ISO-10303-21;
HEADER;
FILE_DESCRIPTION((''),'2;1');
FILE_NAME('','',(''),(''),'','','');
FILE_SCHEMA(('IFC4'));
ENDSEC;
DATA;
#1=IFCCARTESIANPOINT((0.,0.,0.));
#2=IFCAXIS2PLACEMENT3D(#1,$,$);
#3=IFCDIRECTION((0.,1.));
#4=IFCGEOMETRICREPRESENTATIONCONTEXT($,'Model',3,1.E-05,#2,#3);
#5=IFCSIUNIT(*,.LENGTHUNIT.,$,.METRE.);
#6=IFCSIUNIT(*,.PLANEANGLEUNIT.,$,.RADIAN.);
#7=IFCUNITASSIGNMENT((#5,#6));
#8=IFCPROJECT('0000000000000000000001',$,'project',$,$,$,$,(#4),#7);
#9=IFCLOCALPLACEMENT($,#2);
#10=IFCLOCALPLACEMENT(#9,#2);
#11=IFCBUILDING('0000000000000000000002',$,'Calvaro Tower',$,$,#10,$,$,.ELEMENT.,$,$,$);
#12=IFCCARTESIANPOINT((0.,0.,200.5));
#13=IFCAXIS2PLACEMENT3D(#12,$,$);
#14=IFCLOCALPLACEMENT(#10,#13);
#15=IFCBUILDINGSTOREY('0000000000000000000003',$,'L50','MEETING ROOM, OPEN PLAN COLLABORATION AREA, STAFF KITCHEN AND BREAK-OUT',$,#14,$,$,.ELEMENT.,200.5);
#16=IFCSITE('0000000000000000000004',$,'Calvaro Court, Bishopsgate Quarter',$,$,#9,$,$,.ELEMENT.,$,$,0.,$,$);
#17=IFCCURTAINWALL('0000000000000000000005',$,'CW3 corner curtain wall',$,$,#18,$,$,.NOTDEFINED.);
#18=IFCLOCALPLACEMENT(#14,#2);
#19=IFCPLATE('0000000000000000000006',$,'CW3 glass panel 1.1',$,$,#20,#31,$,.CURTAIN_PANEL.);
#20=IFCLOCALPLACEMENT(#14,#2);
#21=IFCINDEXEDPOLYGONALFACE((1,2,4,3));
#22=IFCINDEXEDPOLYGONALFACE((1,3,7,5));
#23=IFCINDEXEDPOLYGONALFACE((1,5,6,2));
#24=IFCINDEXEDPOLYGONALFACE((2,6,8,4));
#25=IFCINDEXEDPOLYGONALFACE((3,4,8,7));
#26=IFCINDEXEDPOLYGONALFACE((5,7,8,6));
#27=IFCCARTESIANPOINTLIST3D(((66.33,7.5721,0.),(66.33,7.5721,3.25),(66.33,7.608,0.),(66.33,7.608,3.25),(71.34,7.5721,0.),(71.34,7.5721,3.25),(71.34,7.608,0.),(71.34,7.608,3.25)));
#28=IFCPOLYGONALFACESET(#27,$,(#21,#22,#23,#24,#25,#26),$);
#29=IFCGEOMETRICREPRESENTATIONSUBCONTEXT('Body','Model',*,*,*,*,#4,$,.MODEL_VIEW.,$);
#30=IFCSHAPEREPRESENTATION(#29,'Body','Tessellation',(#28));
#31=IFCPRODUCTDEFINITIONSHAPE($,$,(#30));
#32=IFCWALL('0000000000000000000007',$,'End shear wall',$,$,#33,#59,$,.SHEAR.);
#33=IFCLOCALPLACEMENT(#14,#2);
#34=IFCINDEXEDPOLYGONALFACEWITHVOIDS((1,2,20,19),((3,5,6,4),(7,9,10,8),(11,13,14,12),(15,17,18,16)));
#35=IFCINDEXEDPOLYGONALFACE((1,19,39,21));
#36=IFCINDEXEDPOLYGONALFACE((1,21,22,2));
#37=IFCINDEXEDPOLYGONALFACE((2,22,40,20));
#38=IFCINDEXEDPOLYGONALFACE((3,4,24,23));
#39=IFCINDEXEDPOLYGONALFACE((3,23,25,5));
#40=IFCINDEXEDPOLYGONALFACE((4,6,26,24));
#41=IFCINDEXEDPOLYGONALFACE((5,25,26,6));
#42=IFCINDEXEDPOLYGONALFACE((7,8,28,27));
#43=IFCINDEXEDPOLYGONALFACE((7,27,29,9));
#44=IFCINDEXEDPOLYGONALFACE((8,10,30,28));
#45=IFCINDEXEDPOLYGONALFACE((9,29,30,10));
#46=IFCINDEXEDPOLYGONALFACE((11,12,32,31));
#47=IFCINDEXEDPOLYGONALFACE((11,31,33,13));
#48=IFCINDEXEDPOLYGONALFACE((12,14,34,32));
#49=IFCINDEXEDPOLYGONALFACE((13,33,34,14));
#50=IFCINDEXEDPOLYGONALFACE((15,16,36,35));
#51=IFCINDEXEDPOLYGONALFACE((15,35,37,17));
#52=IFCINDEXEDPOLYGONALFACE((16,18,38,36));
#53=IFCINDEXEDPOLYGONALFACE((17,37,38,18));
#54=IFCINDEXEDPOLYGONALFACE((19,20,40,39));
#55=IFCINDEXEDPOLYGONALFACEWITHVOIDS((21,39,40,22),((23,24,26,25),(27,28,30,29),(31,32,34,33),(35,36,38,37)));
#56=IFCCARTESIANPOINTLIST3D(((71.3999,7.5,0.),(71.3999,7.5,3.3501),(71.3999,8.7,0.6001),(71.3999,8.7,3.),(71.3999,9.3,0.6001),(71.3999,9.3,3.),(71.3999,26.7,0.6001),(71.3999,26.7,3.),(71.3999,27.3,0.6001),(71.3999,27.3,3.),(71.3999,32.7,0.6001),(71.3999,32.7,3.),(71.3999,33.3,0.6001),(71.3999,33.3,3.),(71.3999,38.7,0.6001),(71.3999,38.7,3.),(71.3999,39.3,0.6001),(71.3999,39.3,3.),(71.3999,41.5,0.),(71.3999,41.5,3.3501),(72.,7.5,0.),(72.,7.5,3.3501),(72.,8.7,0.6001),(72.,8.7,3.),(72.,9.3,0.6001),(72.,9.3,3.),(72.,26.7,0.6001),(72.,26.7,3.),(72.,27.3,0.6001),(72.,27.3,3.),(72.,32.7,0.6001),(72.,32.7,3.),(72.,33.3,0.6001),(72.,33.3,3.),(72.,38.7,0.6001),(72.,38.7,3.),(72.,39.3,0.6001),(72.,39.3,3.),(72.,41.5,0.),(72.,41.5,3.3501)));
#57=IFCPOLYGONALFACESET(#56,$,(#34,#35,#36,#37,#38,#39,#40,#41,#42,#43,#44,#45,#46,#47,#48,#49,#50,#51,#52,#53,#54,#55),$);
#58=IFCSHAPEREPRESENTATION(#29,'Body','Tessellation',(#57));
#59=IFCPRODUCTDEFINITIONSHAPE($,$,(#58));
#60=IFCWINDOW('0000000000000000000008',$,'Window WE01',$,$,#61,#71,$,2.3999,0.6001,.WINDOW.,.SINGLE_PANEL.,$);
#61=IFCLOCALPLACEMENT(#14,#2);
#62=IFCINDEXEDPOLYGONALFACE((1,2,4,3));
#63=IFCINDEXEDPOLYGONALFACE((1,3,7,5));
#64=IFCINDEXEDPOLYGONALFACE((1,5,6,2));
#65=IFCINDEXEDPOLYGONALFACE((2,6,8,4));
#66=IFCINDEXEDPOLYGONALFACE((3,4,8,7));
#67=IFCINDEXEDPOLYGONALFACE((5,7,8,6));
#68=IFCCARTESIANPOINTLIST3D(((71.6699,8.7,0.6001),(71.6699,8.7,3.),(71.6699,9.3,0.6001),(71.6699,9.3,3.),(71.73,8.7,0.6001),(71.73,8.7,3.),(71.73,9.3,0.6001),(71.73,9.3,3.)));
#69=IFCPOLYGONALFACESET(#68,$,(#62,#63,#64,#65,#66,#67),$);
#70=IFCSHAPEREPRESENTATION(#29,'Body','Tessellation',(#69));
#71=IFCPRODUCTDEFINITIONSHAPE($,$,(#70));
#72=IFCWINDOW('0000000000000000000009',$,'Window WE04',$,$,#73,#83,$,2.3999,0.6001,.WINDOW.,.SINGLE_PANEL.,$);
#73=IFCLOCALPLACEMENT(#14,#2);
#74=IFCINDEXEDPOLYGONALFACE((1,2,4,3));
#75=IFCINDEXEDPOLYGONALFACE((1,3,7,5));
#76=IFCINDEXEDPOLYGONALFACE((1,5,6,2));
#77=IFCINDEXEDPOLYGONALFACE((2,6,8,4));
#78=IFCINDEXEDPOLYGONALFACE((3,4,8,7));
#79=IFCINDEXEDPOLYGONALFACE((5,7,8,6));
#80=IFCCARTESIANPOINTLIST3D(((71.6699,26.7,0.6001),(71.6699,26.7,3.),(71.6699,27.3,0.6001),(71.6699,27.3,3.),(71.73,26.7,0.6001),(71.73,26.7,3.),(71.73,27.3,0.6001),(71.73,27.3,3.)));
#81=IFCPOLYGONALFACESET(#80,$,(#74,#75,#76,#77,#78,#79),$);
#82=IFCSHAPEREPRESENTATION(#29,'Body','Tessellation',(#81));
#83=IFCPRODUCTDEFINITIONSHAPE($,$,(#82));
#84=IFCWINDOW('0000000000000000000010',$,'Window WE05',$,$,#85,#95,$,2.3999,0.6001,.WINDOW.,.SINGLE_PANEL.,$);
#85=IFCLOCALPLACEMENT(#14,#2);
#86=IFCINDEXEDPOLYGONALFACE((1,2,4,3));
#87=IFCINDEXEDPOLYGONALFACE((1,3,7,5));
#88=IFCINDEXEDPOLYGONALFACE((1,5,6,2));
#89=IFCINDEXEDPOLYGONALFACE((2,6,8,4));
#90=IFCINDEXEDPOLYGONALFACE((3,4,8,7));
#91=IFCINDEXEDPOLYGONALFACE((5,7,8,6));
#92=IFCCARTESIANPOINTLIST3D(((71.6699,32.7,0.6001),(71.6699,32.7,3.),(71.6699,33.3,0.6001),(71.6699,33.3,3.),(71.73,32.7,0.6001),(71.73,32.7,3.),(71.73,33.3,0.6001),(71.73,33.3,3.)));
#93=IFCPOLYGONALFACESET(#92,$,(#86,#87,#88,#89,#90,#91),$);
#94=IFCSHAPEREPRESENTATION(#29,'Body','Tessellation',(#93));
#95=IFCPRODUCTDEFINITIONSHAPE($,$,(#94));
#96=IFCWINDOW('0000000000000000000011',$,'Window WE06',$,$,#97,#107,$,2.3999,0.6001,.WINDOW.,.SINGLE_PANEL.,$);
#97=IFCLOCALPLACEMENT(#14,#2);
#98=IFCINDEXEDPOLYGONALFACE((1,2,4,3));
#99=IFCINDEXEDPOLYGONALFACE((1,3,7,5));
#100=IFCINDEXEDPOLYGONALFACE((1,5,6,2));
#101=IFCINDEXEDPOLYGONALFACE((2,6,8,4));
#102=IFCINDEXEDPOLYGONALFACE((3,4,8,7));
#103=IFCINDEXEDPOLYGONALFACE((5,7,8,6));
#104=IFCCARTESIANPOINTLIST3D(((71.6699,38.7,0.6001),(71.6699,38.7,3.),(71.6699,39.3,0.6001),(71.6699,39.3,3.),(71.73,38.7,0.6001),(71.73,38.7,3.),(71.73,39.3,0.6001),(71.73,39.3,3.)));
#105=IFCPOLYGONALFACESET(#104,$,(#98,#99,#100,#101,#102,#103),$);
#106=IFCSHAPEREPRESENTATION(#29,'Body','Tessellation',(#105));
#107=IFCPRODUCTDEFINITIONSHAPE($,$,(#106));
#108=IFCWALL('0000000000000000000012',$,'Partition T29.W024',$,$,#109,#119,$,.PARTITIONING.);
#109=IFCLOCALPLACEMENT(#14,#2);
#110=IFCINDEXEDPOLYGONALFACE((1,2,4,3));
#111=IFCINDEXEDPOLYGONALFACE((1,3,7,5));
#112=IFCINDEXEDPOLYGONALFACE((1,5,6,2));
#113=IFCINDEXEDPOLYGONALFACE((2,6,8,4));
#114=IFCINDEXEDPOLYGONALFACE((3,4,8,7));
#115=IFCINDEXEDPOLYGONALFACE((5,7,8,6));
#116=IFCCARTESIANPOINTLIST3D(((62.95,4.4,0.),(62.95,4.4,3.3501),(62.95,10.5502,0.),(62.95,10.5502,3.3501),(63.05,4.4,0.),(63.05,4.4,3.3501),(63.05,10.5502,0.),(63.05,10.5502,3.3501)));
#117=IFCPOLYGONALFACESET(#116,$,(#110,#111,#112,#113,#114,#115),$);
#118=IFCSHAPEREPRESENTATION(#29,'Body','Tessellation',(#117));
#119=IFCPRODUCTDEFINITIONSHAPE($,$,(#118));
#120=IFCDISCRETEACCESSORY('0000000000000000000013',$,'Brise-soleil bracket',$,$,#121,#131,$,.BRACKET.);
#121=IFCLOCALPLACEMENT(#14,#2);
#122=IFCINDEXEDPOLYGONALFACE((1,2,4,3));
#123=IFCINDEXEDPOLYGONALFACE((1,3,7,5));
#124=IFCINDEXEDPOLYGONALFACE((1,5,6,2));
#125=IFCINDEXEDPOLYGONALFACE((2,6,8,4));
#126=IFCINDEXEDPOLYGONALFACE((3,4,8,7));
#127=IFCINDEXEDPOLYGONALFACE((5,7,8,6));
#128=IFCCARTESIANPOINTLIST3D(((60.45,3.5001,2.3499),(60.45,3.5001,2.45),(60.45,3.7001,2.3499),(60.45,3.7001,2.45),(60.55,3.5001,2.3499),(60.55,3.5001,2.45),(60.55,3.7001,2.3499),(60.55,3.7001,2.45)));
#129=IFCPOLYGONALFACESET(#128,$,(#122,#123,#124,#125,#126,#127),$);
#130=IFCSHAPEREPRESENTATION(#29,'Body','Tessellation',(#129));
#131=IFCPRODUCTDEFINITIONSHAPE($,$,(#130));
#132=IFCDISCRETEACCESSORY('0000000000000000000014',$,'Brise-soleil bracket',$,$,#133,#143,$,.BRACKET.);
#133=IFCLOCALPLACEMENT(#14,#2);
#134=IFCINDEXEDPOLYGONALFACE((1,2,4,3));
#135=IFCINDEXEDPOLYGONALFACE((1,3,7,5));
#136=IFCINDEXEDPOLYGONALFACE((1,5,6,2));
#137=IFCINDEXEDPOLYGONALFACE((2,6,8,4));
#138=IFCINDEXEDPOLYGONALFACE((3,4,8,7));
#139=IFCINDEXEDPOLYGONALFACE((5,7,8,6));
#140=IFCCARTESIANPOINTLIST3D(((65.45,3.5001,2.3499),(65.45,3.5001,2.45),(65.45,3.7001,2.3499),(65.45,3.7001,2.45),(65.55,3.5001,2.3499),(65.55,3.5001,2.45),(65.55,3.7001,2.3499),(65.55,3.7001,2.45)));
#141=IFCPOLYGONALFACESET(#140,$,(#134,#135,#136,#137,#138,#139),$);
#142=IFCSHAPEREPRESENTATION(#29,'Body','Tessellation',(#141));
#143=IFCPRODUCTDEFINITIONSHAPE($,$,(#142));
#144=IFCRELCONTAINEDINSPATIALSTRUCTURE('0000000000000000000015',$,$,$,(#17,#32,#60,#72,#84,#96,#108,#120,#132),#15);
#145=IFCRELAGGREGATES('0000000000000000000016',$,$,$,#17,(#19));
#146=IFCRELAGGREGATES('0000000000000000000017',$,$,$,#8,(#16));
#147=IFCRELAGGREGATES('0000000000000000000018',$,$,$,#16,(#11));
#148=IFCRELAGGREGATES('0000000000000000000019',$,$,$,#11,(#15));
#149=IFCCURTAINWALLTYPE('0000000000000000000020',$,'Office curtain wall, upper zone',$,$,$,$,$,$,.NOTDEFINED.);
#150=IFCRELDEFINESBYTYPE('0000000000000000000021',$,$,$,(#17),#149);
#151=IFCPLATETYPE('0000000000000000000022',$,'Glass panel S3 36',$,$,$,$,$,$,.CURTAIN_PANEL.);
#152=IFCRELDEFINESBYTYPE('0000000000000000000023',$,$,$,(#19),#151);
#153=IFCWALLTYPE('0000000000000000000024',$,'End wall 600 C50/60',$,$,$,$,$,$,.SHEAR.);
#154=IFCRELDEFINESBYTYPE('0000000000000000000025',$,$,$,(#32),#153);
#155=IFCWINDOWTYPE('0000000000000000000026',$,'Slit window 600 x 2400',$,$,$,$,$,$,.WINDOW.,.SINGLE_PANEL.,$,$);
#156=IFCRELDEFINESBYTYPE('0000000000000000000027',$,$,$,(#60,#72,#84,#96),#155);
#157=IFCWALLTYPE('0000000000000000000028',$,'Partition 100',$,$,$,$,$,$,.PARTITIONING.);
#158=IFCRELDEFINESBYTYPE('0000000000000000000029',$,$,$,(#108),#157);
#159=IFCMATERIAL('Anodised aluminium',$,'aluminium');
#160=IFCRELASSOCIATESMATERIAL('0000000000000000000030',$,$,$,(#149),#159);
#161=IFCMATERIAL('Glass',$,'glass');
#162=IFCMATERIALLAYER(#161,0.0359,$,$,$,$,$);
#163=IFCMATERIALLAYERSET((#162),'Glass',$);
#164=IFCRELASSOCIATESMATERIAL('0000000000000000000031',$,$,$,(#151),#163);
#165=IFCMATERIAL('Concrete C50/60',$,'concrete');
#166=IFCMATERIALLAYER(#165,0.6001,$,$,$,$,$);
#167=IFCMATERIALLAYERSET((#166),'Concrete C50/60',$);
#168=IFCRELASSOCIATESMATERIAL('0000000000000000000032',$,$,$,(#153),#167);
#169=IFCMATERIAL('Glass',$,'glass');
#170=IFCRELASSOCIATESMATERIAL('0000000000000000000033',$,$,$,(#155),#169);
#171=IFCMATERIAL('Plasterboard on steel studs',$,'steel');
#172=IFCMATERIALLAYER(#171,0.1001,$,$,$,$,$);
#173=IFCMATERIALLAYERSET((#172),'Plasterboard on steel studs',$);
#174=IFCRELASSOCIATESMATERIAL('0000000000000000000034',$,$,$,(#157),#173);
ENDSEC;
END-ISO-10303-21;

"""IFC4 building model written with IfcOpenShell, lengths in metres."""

from ifc_helpers import new_model, si_unit, direction, frame, frame_2d, origin, origin_2d, place, context, subcontext, project, spatial, rectangle, extrude, material, layer, layer_set, type_object, element, fill, aggregate, save


model = new_model("IFC4")

# Units and contexts
model_context = context("Model", 3, precision=1e-05, world=origin(), true_north=direction((0.0, 1.0)))
body_context = subcontext(model_context, "Body", "Model", "MODEL_VIEW")
ifc_project = project(units=[si_unit("LENGTHUNIT", "METRE"), si_unit("PLANEANGLEUNIT", "RADIAN")], contexts=[model_context])

# Site, building, storey
site_placement = place(None, origin())
site = spatial("IfcSite", under=ifc_project, at=site_placement, Name="Calvaro Court, Bishopsgate Quarter", CompositionType="ELEMENT", RefElevation=0.0)
building_placement = place(site_placement, origin())
building = spatial("IfcBuilding", under=site, at=building_placement, Name="Calvaro Tower", CompositionType="ELEMENT")
storey_placement = place(building_placement, frame((0.0, 0.0, 200.5)))
storey = spatial("IfcBuildingStorey", under=building, at=storey_placement, Name="L50", Description="MEETING ROOM, OPEN PLAN COLLABORATION AREA, STAFF KITCHEN AND BREAK-OUT", CompositionType="ELEMENT", Elevation=200.5)

# Curtain wall
ifc_material_1 = material(Name="Anodised aluminium", Category="aluminium")
curtain_wall_type = type_object("IfcCurtainWallType", Name="Office curtain wall, upper zone", PredefinedType="NOTDEFINED", material=ifc_material_1)
curtain_wall_1_placement = place(storey_placement, origin())
curtain_wall_1 = element("IfcCurtainWall", 1, at=curtain_wall_1_placement, inside=storey, type_object=curtain_wall_type, Name="CW3 corner curtain wall", PredefinedType="NOTDEFINED")

# Plate
ifc_material_2 = material(Name="Glass", Category="glass")
ifc_layer_1 = layer(ifc_material_2, 0.0359)
ifc_layer_set_1 = layer_set([ifc_layer_1], Name="Glass")
plate_type = type_object("IfcPlateType", Name="Glass panel S3 36", PredefinedType="CURTAIN_PANEL", material=ifc_layer_set_1)
plate_1_placement = place(storey_placement, frame((68.835, 7.5901, 0.0), z_axis=(0.0, 0.0, 1.0), x_axis=(1.0, 0.0, 0.0)))
plate_1 = element("IfcPlate", 2, at=plate_1_placement, type_object=plate_type, Name="CW3 glass panel 1.1", PredefinedType="CURTAIN_PANEL", context=body_context, shape_type="SweptSolid", body=[
    extrude(rectangle(XDim=5.01, YDim=0.0359, at=origin_2d()), origin(), (0.0, 0.0, 1.0), 3.25),
])
aggregate(curtain_wall_1, [plate_1])

# Wall, openings, windows
ifc_material_3 = material(Name="Concrete C50/60", Category="concrete")
ifc_layer_2 = layer(ifc_material_3, 0.6001)
ifc_layer_set_2 = layer_set([ifc_layer_2], Name="Concrete C50/60")
wall_type_1 = type_object("IfcWallType", Name="End wall 600 C50/60", PredefinedType="SHEAR", material=ifc_layer_set_2)
wall_1_placement = place(storey_placement, frame((71.7, 7.5, 0.0), z_axis=(0.0, 0.0, 1.0), x_axis=(0.0, 1.0, 0.0)))
wall_1 = element("IfcWall", 3, at=wall_1_placement, inside=storey, type_object=wall_type_1, Name="End shear wall", PredefinedType="SHEAR", context=body_context, shape_type="SweptSolid", body=[
    extrude(rectangle(XDim=34.0, YDim=0.6001, at=frame_2d((17.0, 0.0))), origin(), (0.0, 0.0, 1.0), 3.3501),
])
opening_1_placement = place(wall_1_placement, frame((1.2, 0.0, 0.6001)))
opening_1 = element("IfcOpeningElement", 4, at=opening_1_placement, cuts=wall_1, PredefinedType="OPENING", context=body_context, shape_type="SweptSolid", body=[
    extrude(rectangle(XDim=0.6001, YDim=2.3999, at=frame_2d((0.3, 1.2))), frame((0.0, 0.3101, 0.0), z_axis=(0.0, -1.0, 0.0), x_axis=(1.0, 0.0, 0.0)), (0.0, 0.0, 1.0), 0.6201),
])
opening_2_placement = place(wall_1_placement, frame((19.2, 0.0, 0.6001)))
opening_2 = element("IfcOpeningElement", 5, at=opening_2_placement, cuts=wall_1, PredefinedType="OPENING", context=body_context, shape_type="SweptSolid", body=[
    extrude(rectangle(XDim=0.6001, YDim=2.3999, at=frame_2d((0.3, 1.2))), frame((0.0, 0.3101, 0.0), z_axis=(0.0, -1.0, 0.0), x_axis=(1.0, 0.0, 0.0)), (0.0, 0.0, 1.0), 0.6201),
])
opening_3_placement = place(wall_1_placement, frame((25.2, 0.0, 0.6001)))
opening_3 = element("IfcOpeningElement", 6, at=opening_3_placement, cuts=wall_1, PredefinedType="OPENING", context=body_context, shape_type="SweptSolid", body=[
    extrude(rectangle(XDim=0.6001, YDim=2.3999, at=frame_2d((0.3, 1.2))), frame((0.0, 0.3101, 0.0), z_axis=(0.0, -1.0, 0.0), x_axis=(1.0, 0.0, 0.0)), (0.0, 0.0, 1.0), 0.6201),
])
opening_4_placement = place(wall_1_placement, frame((31.2, 0.0, 0.6001)))
opening_4 = element("IfcOpeningElement", 7, at=opening_4_placement, cuts=wall_1, PredefinedType="OPENING", context=body_context, shape_type="SweptSolid", body=[
    extrude(rectangle(XDim=0.6001, YDim=2.3999, at=frame_2d((0.3, 1.2))), frame((0.0, 0.3101, 0.0), z_axis=(0.0, -1.0, 0.0), x_axis=(1.0, 0.0, 0.0)), (0.0, 0.0, 1.0), 0.6201),
])
ifc_material_4 = material(Name="Glass", Category="glass")
window_type = type_object("IfcWindowType", Name="Slit window 600 x 2400", PartitioningType="SINGLE_PANEL", PredefinedType="WINDOW", material=ifc_material_4)
window_1_placement = place(opening_1_placement, origin())
window_1 = element("IfcWindow", 8, at=window_1_placement, inside=storey, type_object=window_type, Name="Window WE01", OverallHeight=2.3999, OverallWidth=0.6001, PartitioningType="SINGLE_PANEL", PredefinedType="WINDOW", context=body_context, shape_type="SweptSolid", body=[
    extrude(rectangle(XDim=0.6001, YDim=2.3999, at=frame_2d((0.3, 1.2))), frame((0.0, 0.03, 0.0), z_axis=(0.0, -1.0, 0.0), x_axis=(1.0, 0.0, 0.0)), (0.0, 0.0, 1.0), 0.0601),
])
fill(opening_1, window_1)
window_2_placement = place(opening_2_placement, origin())
window_2 = element("IfcWindow", 9, at=window_2_placement, inside=storey, type_object=window_type, Name="Window WE04", OverallHeight=2.3999, OverallWidth=0.6001, PartitioningType="SINGLE_PANEL", PredefinedType="WINDOW", context=body_context, shape_type="SweptSolid", body=[
    extrude(rectangle(XDim=0.6001, YDim=2.3999, at=frame_2d((0.3, 1.2))), frame((0.0, 0.03, 0.0), z_axis=(0.0, -1.0, 0.0), x_axis=(1.0, 0.0, 0.0)), (0.0, 0.0, 1.0), 0.0601),
])
fill(opening_2, window_2)
window_3_placement = place(opening_3_placement, origin())
window_3 = element("IfcWindow", 10, at=window_3_placement, inside=storey, type_object=window_type, Name="Window WE05", OverallHeight=2.3999, OverallWidth=0.6001, PartitioningType="SINGLE_PANEL", PredefinedType="WINDOW", context=body_context, shape_type="SweptSolid", body=[
    extrude(rectangle(XDim=0.6001, YDim=2.3999, at=frame_2d((0.3, 1.2))), frame((0.0, 0.03, 0.0), z_axis=(0.0, -1.0, 0.0), x_axis=(1.0, 0.0, 0.0)), (0.0, 0.0, 1.0), 0.0601),
])
fill(opening_3, window_3)
window_4_placement = place(opening_4_placement, origin())
window_4 = element("IfcWindow", 11, at=window_4_placement, inside=storey, type_object=window_type, Name="Window WE06", OverallHeight=2.3999, OverallWidth=0.6001, PartitioningType="SINGLE_PANEL", PredefinedType="WINDOW", context=body_context, shape_type="SweptSolid", body=[
    extrude(rectangle(XDim=0.6001, YDim=2.3999, at=frame_2d((0.3, 1.2))), frame((0.0, 0.03, 0.0), z_axis=(0.0, -1.0, 0.0), x_axis=(1.0, 0.0, 0.0)), (0.0, 0.0, 1.0), 0.0601),
])
fill(opening_4, window_4)

# Wall
ifc_material_5 = material(Name="Plasterboard on steel studs", Category="steel")
ifc_layer_3 = layer(ifc_material_5, 0.1001)
ifc_layer_set_3 = layer_set([ifc_layer_3], Name="Plasterboard on steel studs")
wall_type_2 = type_object("IfcWallType", Name="Partition 100", PredefinedType="PARTITIONING", material=ifc_layer_set_3)
wall_2_placement = place(storey_placement, frame((63.0, 4.3999, 0.0), z_axis=(0.0, 0.0, 1.0), x_axis=(0.0, 1.0, 0.0)))
element("IfcWall", 12, at=wall_2_placement, inside=storey, type_object=wall_type_2, Name="Partition T29.W024", PredefinedType="PARTITIONING", context=body_context, shape_type="SweptSolid", body=[
    extrude(rectangle(XDim=6.1501, YDim=0.1001, at=frame_2d((3.0752, 0.0))), origin(), (0.0, 0.0, 1.0), 3.3501),
])

# Discrete accessories
for number, where, z_axis, x_axis, name in (
    (13, (60.5, 3.6001, 2.3499), (0.0, 0.0, 1.0), (1.0, 0.0, 0.0), "Brise-soleil bracket"),
    (14, (65.5, 3.6001, 2.3499), (0.0, 0.0, 1.0), (1.0, 0.0, 0.0), "Brise-soleil bracket"),
):
    element("IfcDiscreteAccessory", number, at=place(storey_placement, frame(where, z_axis=z_axis, x_axis=x_axis)), inside=storey, Name=name, PredefinedType="BRACKET", context=body_context, shape_type="SweptSolid", body=[
        extrude(rectangle(XDim=0.1001, YDim=0.2, at=origin_2d()), origin(), (0.0, 0.0, 1.0), 0.1001),
    ])

save(model, "model.ifc")
